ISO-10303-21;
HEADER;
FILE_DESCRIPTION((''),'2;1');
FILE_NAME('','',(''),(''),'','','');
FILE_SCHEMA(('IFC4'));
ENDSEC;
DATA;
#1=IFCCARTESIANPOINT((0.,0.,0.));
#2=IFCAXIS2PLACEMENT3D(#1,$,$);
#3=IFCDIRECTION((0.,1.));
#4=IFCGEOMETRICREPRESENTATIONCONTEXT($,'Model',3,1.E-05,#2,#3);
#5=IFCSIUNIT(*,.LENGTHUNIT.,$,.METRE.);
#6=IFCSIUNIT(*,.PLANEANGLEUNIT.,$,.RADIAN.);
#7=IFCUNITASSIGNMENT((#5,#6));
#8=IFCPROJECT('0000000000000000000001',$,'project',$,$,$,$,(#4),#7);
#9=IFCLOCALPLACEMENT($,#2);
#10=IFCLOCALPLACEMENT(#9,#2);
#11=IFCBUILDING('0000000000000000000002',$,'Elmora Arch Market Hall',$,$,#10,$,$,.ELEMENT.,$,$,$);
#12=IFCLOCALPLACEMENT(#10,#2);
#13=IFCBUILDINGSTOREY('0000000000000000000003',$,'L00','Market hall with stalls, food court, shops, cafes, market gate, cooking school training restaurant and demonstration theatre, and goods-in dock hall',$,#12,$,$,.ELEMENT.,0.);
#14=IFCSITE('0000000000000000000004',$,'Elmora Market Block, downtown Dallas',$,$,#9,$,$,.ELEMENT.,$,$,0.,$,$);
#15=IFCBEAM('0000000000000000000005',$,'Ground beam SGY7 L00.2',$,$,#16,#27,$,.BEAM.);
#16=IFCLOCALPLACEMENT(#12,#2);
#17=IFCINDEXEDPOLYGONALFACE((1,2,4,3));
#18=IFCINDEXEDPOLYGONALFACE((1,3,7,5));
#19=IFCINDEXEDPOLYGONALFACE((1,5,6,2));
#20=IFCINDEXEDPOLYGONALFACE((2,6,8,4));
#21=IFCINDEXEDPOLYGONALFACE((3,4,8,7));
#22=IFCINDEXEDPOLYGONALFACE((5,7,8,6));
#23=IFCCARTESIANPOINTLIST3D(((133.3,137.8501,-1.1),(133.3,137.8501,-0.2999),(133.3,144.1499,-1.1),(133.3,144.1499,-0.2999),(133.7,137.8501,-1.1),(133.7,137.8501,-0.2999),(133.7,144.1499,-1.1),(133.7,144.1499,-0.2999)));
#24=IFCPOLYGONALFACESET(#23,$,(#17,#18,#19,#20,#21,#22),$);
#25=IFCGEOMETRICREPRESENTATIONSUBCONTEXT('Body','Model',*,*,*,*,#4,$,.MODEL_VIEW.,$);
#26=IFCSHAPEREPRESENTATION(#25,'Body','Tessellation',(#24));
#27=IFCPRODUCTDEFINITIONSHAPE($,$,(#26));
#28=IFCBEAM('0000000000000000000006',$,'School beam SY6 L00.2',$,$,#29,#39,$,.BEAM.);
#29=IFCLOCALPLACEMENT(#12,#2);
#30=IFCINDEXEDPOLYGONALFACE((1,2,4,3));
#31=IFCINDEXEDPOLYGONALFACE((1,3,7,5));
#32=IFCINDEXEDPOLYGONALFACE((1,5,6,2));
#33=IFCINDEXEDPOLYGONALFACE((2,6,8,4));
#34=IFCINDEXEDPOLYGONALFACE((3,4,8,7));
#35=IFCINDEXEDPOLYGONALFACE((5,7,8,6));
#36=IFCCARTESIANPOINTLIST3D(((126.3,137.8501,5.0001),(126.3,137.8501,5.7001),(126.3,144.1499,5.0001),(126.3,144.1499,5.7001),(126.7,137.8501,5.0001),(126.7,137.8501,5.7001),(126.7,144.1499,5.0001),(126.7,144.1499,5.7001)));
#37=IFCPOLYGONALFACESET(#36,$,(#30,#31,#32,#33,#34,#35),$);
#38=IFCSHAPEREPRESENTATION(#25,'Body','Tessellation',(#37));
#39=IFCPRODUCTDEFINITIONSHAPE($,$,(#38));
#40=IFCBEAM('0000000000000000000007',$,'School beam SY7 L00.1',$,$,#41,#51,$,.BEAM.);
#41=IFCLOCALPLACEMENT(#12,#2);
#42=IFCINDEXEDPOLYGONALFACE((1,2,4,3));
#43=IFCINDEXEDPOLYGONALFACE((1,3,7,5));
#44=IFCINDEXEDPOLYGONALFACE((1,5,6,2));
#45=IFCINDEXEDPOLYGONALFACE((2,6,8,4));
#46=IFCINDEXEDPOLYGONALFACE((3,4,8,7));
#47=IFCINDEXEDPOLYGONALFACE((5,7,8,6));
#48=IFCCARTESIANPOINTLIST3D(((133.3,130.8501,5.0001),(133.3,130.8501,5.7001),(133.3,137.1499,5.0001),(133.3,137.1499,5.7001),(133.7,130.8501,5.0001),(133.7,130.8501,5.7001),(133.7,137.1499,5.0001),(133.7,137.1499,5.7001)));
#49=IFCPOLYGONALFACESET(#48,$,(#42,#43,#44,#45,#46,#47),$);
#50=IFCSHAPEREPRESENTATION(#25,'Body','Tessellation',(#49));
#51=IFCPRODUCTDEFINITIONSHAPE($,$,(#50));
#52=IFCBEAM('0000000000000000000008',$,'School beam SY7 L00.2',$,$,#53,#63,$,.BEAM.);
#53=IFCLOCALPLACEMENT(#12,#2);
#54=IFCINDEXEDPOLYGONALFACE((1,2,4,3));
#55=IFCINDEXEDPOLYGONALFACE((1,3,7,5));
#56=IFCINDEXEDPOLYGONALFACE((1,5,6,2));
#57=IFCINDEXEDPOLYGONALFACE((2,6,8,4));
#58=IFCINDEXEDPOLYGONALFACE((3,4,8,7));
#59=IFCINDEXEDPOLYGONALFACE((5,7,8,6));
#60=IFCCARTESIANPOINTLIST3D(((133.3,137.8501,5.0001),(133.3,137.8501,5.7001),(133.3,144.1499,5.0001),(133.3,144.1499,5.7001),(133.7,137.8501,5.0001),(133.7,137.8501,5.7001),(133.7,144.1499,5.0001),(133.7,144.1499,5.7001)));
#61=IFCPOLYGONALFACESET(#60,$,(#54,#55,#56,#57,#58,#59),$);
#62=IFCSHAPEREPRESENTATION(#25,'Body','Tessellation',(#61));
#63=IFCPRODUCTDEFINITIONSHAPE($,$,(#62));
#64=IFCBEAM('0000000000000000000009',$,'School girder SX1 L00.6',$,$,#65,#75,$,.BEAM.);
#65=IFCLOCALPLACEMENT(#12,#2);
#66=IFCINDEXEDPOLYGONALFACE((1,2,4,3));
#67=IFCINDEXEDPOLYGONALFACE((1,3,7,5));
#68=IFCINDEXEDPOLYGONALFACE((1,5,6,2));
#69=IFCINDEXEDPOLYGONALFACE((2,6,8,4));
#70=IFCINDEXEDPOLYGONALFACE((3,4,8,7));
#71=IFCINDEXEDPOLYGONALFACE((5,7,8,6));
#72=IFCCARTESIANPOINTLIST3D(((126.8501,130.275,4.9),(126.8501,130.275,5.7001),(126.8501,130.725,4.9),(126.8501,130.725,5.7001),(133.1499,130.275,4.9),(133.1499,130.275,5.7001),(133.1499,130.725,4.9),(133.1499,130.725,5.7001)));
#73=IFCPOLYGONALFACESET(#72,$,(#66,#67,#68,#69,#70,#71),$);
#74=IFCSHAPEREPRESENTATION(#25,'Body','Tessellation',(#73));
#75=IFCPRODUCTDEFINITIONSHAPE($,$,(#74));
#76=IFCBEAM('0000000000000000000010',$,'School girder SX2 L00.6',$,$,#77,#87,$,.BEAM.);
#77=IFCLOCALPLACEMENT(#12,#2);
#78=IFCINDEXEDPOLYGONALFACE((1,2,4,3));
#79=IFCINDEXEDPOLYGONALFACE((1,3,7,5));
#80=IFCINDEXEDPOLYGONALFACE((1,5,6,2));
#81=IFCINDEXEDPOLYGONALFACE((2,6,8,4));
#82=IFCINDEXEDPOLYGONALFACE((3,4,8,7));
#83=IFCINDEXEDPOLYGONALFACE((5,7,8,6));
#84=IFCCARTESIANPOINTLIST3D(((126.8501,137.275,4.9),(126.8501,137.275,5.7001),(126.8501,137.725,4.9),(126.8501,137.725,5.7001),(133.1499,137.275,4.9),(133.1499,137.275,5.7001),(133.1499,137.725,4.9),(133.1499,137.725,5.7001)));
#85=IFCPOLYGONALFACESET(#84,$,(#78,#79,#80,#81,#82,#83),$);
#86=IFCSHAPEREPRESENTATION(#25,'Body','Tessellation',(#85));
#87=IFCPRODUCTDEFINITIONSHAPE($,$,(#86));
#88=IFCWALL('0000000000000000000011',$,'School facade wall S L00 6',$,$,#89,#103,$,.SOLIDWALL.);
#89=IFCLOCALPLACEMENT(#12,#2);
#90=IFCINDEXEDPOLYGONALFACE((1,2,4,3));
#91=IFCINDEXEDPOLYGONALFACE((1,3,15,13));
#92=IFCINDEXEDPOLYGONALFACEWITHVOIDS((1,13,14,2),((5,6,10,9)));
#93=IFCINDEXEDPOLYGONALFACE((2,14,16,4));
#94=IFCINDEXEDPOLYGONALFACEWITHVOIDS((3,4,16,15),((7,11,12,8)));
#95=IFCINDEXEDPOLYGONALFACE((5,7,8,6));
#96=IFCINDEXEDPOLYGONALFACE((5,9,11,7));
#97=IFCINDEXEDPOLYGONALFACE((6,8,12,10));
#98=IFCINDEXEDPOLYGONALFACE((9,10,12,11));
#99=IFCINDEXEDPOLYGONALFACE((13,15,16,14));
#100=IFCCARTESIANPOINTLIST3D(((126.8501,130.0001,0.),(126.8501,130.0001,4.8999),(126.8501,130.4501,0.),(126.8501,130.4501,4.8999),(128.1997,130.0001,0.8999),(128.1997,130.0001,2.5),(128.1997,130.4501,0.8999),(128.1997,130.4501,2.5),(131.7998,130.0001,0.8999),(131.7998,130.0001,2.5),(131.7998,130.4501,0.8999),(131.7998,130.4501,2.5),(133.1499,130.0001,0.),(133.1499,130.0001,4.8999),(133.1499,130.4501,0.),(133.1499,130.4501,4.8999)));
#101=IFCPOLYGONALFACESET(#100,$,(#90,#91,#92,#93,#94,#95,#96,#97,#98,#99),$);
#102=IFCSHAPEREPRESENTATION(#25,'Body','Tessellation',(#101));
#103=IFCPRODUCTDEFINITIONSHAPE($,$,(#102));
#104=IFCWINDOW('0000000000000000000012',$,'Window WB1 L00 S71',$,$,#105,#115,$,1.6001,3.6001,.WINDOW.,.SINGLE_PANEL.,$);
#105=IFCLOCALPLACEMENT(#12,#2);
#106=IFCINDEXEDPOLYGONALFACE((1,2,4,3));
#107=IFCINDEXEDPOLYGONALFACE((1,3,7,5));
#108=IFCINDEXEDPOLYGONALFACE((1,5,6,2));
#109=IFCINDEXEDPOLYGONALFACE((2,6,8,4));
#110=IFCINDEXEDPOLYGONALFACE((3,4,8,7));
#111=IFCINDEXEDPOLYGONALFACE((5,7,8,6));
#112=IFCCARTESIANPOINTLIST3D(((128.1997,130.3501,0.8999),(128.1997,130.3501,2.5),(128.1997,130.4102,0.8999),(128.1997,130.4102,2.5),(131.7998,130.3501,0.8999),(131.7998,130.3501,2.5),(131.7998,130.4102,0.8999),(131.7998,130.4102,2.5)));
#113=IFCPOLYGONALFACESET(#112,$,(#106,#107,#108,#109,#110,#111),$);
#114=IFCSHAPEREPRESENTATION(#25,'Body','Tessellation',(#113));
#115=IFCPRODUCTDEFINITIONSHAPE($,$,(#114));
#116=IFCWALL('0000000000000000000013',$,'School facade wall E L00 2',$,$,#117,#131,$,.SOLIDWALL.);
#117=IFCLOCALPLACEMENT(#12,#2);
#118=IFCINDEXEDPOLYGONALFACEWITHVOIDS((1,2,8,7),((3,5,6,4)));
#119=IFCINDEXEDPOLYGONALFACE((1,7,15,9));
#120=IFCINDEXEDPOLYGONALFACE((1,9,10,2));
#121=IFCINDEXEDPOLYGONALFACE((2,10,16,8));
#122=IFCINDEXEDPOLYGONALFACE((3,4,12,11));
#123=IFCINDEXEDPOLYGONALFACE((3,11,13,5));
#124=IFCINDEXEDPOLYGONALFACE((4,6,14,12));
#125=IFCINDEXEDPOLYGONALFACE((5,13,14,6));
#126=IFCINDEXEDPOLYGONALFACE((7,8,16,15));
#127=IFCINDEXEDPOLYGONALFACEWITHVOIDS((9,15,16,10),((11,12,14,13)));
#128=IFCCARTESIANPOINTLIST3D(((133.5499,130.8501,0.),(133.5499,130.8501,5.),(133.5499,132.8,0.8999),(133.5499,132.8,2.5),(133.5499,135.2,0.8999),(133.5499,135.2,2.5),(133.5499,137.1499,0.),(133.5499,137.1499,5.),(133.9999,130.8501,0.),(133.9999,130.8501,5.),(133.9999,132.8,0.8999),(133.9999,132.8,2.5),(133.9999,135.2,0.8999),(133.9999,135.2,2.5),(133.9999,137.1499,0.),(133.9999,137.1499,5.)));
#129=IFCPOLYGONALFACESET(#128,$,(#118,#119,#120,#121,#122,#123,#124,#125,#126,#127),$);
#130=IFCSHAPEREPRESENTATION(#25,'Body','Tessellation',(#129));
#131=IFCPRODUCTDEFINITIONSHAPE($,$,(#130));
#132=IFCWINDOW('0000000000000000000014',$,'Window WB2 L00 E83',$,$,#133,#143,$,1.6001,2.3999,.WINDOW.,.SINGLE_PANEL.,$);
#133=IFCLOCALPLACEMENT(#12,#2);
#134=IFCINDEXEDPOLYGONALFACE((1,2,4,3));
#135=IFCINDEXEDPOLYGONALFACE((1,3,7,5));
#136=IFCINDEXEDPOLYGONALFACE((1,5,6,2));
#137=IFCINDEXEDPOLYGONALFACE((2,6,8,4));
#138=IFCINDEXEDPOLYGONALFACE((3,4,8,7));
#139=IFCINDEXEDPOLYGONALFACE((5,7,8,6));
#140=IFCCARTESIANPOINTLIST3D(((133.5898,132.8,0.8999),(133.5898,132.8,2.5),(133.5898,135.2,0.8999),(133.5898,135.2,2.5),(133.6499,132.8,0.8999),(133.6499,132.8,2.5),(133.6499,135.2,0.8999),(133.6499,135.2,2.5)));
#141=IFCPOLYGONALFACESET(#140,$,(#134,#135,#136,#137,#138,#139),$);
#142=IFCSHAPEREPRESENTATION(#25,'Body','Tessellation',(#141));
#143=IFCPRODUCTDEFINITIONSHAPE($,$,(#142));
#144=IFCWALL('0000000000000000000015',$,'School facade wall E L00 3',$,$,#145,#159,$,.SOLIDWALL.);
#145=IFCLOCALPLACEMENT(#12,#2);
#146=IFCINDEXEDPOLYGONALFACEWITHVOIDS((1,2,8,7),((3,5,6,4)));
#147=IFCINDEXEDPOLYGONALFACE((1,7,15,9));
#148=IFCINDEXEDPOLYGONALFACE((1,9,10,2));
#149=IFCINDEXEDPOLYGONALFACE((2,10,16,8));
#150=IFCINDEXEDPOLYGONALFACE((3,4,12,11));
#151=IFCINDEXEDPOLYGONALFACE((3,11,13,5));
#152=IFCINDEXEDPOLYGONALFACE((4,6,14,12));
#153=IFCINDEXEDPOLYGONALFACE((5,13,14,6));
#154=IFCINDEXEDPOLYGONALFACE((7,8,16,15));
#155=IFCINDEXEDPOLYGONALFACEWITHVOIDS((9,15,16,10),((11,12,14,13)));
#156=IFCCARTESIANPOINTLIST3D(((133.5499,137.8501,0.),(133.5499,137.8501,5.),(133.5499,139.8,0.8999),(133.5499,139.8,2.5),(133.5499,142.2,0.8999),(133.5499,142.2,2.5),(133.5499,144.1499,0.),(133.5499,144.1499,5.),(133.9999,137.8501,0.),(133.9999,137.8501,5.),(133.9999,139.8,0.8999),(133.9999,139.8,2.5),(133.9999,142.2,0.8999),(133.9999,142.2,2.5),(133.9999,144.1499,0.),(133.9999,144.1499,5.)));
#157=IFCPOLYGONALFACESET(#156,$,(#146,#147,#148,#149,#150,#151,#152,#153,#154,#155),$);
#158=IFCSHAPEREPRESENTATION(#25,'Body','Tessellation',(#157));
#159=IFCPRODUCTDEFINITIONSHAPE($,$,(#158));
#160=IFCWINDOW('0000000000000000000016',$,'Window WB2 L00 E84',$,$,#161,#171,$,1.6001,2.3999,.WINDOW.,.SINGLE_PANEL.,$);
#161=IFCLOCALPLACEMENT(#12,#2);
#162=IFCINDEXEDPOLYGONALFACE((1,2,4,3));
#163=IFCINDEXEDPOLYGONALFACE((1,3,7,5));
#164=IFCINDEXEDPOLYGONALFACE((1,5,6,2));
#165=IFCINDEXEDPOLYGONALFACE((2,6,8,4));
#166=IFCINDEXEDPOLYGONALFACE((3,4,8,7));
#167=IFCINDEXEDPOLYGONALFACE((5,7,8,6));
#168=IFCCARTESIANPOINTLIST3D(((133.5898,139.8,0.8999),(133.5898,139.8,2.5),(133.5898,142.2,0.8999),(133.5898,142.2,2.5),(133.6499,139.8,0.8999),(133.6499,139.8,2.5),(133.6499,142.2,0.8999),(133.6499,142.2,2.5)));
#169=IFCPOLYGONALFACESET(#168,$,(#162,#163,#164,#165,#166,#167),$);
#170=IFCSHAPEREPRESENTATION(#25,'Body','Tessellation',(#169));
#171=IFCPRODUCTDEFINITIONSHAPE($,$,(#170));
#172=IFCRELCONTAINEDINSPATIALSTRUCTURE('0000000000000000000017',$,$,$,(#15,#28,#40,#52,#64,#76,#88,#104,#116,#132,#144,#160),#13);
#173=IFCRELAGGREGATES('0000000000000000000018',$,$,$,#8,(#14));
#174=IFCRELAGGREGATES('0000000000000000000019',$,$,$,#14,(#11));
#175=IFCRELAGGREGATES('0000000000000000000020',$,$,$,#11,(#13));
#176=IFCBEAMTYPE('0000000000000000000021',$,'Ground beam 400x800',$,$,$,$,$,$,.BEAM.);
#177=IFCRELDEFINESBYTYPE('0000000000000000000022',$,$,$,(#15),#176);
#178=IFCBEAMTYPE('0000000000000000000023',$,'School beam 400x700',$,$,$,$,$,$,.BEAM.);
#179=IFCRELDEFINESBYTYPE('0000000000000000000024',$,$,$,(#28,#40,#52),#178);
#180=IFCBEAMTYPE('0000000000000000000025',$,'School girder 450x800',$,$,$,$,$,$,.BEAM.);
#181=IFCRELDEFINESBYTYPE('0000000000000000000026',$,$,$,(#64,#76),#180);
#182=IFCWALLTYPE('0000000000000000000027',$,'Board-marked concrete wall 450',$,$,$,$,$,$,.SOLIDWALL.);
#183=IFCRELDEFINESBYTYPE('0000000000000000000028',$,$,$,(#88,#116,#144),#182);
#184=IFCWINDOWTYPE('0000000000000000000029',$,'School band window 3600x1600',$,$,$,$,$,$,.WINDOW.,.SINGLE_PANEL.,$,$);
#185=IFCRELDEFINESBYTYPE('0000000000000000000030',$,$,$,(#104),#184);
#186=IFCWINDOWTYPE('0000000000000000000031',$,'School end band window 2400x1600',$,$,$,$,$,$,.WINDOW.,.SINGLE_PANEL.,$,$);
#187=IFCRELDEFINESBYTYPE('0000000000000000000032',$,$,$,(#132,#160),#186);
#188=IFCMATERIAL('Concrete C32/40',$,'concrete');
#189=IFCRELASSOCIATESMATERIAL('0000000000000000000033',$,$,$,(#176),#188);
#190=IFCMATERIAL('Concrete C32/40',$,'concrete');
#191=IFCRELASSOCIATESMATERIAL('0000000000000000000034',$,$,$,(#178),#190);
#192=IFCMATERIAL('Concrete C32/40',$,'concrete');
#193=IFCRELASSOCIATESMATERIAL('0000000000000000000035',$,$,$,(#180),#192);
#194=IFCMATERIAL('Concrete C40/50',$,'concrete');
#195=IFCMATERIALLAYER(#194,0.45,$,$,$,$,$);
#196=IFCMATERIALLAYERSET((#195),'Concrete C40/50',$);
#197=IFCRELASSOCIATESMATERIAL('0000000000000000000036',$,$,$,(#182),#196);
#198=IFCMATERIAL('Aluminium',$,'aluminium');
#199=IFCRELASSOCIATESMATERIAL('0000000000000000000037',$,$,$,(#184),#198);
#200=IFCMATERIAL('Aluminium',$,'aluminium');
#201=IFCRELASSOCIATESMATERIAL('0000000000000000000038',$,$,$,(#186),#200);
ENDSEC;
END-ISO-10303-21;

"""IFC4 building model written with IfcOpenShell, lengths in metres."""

from ifc_helpers import new_model, si_unit, direction, frame, frame_2d, origin, origin_2d, place, context, subcontext, project, spatial, rectangle, extrude, material, layer, layer_set, material_profile, profile_set, type_object, element, fill, save


model = new_model("IFC4")

# Units and contexts
model_context = context("Model", 3, precision=1e-05, world=origin(), true_north=direction((0.0, 1.0)))
body_context = subcontext(model_context, "Body", "Model", "MODEL_VIEW")
ifc_project = project(units=[si_unit("LENGTHUNIT", "METRE"), si_unit("PLANEANGLEUNIT", "RADIAN")], contexts=[model_context])

# Site, building, storey
site_placement = place(None, origin())
site = spatial("IfcSite", under=ifc_project, at=site_placement, Name="Elmora Market Block, downtown Dallas", CompositionType="ELEMENT", RefElevation=0.0)
building_placement = place(site_placement, origin())
building = spatial("IfcBuilding", under=site, at=building_placement, Name="Elmora Arch Market Hall", CompositionType="ELEMENT")
storey_placement = place(building_placement, origin())
storey = spatial("IfcBuildingStorey", under=building, at=storey_placement, Name="L00", Description="Market hall with stalls, food court, shops, cafes, market gate, cooking school training restaurant and demonstration theatre, and goods-in dock hall", CompositionType="ELEMENT", Elevation=0.0)

# Beams
ifc_material_1 = material(Name="Concrete C32/40", Category="concrete")
ifc_material_profile_1 = material_profile(ifc_material_1, rectangle(XDim=0.3999, YDim=0.8, at=origin_2d()), Name="Ground beam 400x800")
ifc_profile_set_1 = profile_set([ifc_material_profile_1], Name="Concrete C32/40")
beam_type_1 = type_object("IfcBeamType", Name="Ground beam 400x800", PredefinedType="BEAM", material=ifc_profile_set_1)
for number, where, z_axis, x_axis, name in (
    (1, (133.5, 137.8501, -0.7), (0.0, 1.0, 0.0), (-1.0, 0.0, 0.0), "Ground beam SGY7 L00.2"),
):
    element("IfcBeam", number, at=place(storey_placement, frame(where, z_axis=z_axis, x_axis=x_axis)), inside=storey, type_object=beam_type_1, Name=name, PredefinedType="BEAM", context=body_context, shape_type="SweptSolid", body=[
        extrude(rectangle(XDim=0.3999, YDim=0.8, at=origin_2d()), origin(), (0.0, 0.0, 1.0), 6.2998),
    ])
ifc_material_2 = material(Name="Concrete C32/40", Category="concrete")
ifc_material_profile_2 = material_profile(ifc_material_2, rectangle(XDim=0.3999, YDim=0.7, at=origin_2d()), Name="School beam 400x700")
ifc_profile_set_2 = profile_set([ifc_material_profile_2], Name="Concrete C32/40")
beam_type_2 = type_object("IfcBeamType", Name="School beam 400x700", PredefinedType="BEAM", material=ifc_profile_set_2)
for number, where, z_axis, x_axis, name in (
    (2, (126.5, 137.8501, 5.3501), (0.0, 1.0, 0.0), (-1.0, 0.0, 0.0), "School beam SY6 L00.2"),
    (3, (133.5, 130.8501, 5.3501), (0.0, 1.0, 0.0), (-1.0, 0.0, 0.0), "School beam SY7 L00.1"),
    (4, (133.5, 137.8501, 5.3501), (0.0, 1.0, 0.0), (-1.0, 0.0, 0.0), "School beam SY7 L00.2"),
):
    element("IfcBeam", number, at=place(storey_placement, frame(where, z_axis=z_axis, x_axis=x_axis)), inside=storey, type_object=beam_type_2, Name=name, PredefinedType="BEAM", context=body_context, shape_type="SweptSolid", body=[
        extrude(rectangle(XDim=0.3999, YDim=0.7, at=origin_2d()), origin(), (0.0, 0.0, 1.0), 6.2998),
    ])
ifc_material_3 = material(Name="Concrete C32/40", Category="concrete")
ifc_material_profile_3 = material_profile(ifc_material_3, rectangle(XDim=0.45, YDim=0.8, at=origin_2d()), Name="School girder 450x800")
ifc_profile_set_3 = profile_set([ifc_material_profile_3], Name="Concrete C32/40")
beam_type_3 = type_object("IfcBeamType", Name="School girder 450x800", PredefinedType="BEAM", material=ifc_profile_set_3)
for number, where, z_axis, x_axis, name in (
    (5, (126.8501, 130.5, 5.3), (1.0, 0.0, 0.0), (0.0, 1.0, 0.0), "School girder SX1 L00.6"),
    (6, (126.8501, 137.5, 5.3), (1.0, 0.0, 0.0), (0.0, 1.0, 0.0), "School girder SX2 L00.6"),
):
    element("IfcBeam", number, at=place(storey_placement, frame(where, z_axis=z_axis, x_axis=x_axis)), inside=storey, type_object=beam_type_3, Name=name, PredefinedType="BEAM", context=body_context, shape_type="SweptSolid", body=[
        extrude(rectangle(XDim=0.45, YDim=0.8, at=origin_2d()), origin(), (0.0, 0.0, 1.0), 6.2998),
    ])

# Walls, openings, windows
ifc_material_4 = material(Name="Concrete C40/50", Category="concrete")
ifc_layer = layer(ifc_material_4, 0.45)
ifc_layer_set = layer_set([ifc_layer], Name="Concrete C40/50")
wall_type = type_object("IfcWallType", Name="Board-marked concrete wall 450", PredefinedType="SOLIDWALL", material=ifc_layer_set)
wall_1_placement = place(storey_placement, frame((133.1499, 130.2251, 0.0), z_axis=(0.0, 0.0, 1.0), x_axis=(-1.0, 0.0, 0.0)))
wall_1 = element("IfcWall", 7, at=wall_1_placement, inside=storey, type_object=wall_type, Name="School facade wall S L00 6", PredefinedType="SOLIDWALL", context=body_context, shape_type="SweptSolid", body=[
    extrude(rectangle(XDim=6.2998, YDim=0.45, at=frame_2d((3.1499, 0.0))), origin(), (0.0, 0.0, 1.0), 4.8999),
])
opening_1_placement = place(wall_1_placement, frame((1.3501, 0.0, 0.8999)))
opening_1 = element("IfcOpeningElement", 8, at=opening_1_placement, cuts=wall_1, PredefinedType="OPENING", context=body_context, shape_type="SweptSolid", body=[
    extrude(rectangle(XDim=3.6001, YDim=1.6001, at=frame_2d((1.8, 0.8))), frame((0.0, 0.2349, 0.0), z_axis=(0.0, -1.0, 0.0), x_axis=(1.0, 0.0, 0.0)), (0.0, 0.0, 1.0), 0.47),
])
ifc_material_5 = material(Name="Aluminium", Category="aluminium")
window_type_1 = type_object("IfcWindowType", Name="School band window 3600x1600", PartitioningType="SINGLE_PANEL", PredefinedType="WINDOW", material=ifc_material_5)
window_1_placement = place(opening_1_placement, origin())
window_1 = element("IfcWindow", 9, at=window_1_placement, inside=storey, type_object=window_type_1, Name="Window WB1 L00 S71", OverallHeight=1.6001, OverallWidth=3.6001, PartitioningType="SINGLE_PANEL", PredefinedType="WINDOW", context=body_context, shape_type="SweptSolid", body=[
    extrude(rectangle(XDim=3.6001, YDim=1.6001, at=frame_2d((1.8, 0.8))), frame((0.0, -0.125, 0.0), z_axis=(0.0, -1.0, 0.0), x_axis=(1.0, 0.0, 0.0)), (0.0, 0.0, 1.0), 0.0601),
])
fill(opening_1, window_1)
wall_2_placement = place(storey_placement, frame((133.7749, 137.1499, 0.0), z_axis=(0.0, 0.0, 1.0), x_axis=(0.0, -1.0, 0.0)))
wall_2 = element("IfcWall", 10, at=wall_2_placement, inside=storey, type_object=wall_type, Name="School facade wall E L00 2", PredefinedType="SOLIDWALL", context=body_context, shape_type="SweptSolid", body=[
    extrude(rectangle(XDim=6.2998, YDim=0.45, at=frame_2d((3.1499, 0.0))), origin(), (0.0, 0.0, 1.0), 5.0),
])
opening_2_placement = place(wall_2_placement, frame((1.95, 0.0, 0.8999)))
opening_2 = element("IfcOpeningElement", 11, at=opening_2_placement, cuts=wall_2, PredefinedType="OPENING", context=body_context, shape_type="SweptSolid", body=[
    extrude(rectangle(XDim=2.3999, YDim=1.6001, at=frame_2d((1.2, 0.8))), frame((0.0, 0.2349, 0.0), z_axis=(0.0, -1.0, 0.0), x_axis=(1.0, 0.0, 0.0)), (0.0, 0.0, 1.0), 0.47),
])
ifc_material_6 = material(Name="Aluminium", Category="aluminium")
window_type_2 = type_object("IfcWindowType", Name="School end band window 2400x1600", PartitioningType="SINGLE_PANEL", PredefinedType="WINDOW", material=ifc_material_6)
window_2_placement = place(opening_2_placement, origin())
window_2 = element("IfcWindow", 12, at=window_2_placement, inside=storey, type_object=window_type_2, Name="Window WB2 L00 E83", OverallHeight=1.6001, OverallWidth=2.3999, PartitioningType="SINGLE_PANEL", PredefinedType="WINDOW", context=body_context, shape_type="SweptSolid", body=[
    extrude(rectangle(XDim=2.3999, YDim=1.6001, at=frame_2d((1.2, 0.8))), frame((0.0, -0.125, 0.0), z_axis=(0.0, -1.0, 0.0), x_axis=(1.0, 0.0, 0.0)), (0.0, 0.0, 1.0), 0.0601),
])
fill(opening_2, window_2)
wall_3_placement = place(storey_placement, frame((133.7749, 144.1499, 0.0), z_axis=(0.0, 0.0, 1.0), x_axis=(0.0, -1.0, 0.0)))
wall_3 = element("IfcWall", 13, at=wall_3_placement, inside=storey, type_object=wall_type, Name="School facade wall E L00 3", PredefinedType="SOLIDWALL", context=body_context, shape_type="SweptSolid", body=[
    extrude(rectangle(XDim=6.2998, YDim=0.45, at=frame_2d((3.1499, 0.0))), origin(), (0.0, 0.0, 1.0), 5.0),
])
opening_3_placement = place(wall_3_placement, frame((1.95, 0.0, 0.8999)))
opening_3 = element("IfcOpeningElement", 14, at=opening_3_placement, cuts=wall_3, PredefinedType="OPENING", context=body_context, shape_type="SweptSolid", body=[
    extrude(rectangle(XDim=2.3999, YDim=1.6001, at=frame_2d((1.2, 0.8))), frame((0.0, 0.2349, 0.0), z_axis=(0.0, -1.0, 0.0), x_axis=(1.0, 0.0, 0.0)), (0.0, 0.0, 1.0), 0.47),
])
window_3_placement = place(opening_3_placement, origin())
window_3 = element("IfcWindow", 15, at=window_3_placement, inside=storey, type_object=window_type_2, Name="Window WB2 L00 E84", OverallHeight=1.6001, OverallWidth=2.3999, PartitioningType="SINGLE_PANEL", PredefinedType="WINDOW", context=body_context, shape_type="SweptSolid", body=[
    extrude(rectangle(XDim=2.3999, YDim=1.6001, at=frame_2d((1.2, 0.8))), frame((0.0, -0.125, 0.0), z_axis=(0.0, -1.0, 0.0), x_axis=(1.0, 0.0, 0.0)), (0.0, 0.0, 1.0), 0.0601),
])
fill(opening_3, window_3)

save(model, "model.ifc")
